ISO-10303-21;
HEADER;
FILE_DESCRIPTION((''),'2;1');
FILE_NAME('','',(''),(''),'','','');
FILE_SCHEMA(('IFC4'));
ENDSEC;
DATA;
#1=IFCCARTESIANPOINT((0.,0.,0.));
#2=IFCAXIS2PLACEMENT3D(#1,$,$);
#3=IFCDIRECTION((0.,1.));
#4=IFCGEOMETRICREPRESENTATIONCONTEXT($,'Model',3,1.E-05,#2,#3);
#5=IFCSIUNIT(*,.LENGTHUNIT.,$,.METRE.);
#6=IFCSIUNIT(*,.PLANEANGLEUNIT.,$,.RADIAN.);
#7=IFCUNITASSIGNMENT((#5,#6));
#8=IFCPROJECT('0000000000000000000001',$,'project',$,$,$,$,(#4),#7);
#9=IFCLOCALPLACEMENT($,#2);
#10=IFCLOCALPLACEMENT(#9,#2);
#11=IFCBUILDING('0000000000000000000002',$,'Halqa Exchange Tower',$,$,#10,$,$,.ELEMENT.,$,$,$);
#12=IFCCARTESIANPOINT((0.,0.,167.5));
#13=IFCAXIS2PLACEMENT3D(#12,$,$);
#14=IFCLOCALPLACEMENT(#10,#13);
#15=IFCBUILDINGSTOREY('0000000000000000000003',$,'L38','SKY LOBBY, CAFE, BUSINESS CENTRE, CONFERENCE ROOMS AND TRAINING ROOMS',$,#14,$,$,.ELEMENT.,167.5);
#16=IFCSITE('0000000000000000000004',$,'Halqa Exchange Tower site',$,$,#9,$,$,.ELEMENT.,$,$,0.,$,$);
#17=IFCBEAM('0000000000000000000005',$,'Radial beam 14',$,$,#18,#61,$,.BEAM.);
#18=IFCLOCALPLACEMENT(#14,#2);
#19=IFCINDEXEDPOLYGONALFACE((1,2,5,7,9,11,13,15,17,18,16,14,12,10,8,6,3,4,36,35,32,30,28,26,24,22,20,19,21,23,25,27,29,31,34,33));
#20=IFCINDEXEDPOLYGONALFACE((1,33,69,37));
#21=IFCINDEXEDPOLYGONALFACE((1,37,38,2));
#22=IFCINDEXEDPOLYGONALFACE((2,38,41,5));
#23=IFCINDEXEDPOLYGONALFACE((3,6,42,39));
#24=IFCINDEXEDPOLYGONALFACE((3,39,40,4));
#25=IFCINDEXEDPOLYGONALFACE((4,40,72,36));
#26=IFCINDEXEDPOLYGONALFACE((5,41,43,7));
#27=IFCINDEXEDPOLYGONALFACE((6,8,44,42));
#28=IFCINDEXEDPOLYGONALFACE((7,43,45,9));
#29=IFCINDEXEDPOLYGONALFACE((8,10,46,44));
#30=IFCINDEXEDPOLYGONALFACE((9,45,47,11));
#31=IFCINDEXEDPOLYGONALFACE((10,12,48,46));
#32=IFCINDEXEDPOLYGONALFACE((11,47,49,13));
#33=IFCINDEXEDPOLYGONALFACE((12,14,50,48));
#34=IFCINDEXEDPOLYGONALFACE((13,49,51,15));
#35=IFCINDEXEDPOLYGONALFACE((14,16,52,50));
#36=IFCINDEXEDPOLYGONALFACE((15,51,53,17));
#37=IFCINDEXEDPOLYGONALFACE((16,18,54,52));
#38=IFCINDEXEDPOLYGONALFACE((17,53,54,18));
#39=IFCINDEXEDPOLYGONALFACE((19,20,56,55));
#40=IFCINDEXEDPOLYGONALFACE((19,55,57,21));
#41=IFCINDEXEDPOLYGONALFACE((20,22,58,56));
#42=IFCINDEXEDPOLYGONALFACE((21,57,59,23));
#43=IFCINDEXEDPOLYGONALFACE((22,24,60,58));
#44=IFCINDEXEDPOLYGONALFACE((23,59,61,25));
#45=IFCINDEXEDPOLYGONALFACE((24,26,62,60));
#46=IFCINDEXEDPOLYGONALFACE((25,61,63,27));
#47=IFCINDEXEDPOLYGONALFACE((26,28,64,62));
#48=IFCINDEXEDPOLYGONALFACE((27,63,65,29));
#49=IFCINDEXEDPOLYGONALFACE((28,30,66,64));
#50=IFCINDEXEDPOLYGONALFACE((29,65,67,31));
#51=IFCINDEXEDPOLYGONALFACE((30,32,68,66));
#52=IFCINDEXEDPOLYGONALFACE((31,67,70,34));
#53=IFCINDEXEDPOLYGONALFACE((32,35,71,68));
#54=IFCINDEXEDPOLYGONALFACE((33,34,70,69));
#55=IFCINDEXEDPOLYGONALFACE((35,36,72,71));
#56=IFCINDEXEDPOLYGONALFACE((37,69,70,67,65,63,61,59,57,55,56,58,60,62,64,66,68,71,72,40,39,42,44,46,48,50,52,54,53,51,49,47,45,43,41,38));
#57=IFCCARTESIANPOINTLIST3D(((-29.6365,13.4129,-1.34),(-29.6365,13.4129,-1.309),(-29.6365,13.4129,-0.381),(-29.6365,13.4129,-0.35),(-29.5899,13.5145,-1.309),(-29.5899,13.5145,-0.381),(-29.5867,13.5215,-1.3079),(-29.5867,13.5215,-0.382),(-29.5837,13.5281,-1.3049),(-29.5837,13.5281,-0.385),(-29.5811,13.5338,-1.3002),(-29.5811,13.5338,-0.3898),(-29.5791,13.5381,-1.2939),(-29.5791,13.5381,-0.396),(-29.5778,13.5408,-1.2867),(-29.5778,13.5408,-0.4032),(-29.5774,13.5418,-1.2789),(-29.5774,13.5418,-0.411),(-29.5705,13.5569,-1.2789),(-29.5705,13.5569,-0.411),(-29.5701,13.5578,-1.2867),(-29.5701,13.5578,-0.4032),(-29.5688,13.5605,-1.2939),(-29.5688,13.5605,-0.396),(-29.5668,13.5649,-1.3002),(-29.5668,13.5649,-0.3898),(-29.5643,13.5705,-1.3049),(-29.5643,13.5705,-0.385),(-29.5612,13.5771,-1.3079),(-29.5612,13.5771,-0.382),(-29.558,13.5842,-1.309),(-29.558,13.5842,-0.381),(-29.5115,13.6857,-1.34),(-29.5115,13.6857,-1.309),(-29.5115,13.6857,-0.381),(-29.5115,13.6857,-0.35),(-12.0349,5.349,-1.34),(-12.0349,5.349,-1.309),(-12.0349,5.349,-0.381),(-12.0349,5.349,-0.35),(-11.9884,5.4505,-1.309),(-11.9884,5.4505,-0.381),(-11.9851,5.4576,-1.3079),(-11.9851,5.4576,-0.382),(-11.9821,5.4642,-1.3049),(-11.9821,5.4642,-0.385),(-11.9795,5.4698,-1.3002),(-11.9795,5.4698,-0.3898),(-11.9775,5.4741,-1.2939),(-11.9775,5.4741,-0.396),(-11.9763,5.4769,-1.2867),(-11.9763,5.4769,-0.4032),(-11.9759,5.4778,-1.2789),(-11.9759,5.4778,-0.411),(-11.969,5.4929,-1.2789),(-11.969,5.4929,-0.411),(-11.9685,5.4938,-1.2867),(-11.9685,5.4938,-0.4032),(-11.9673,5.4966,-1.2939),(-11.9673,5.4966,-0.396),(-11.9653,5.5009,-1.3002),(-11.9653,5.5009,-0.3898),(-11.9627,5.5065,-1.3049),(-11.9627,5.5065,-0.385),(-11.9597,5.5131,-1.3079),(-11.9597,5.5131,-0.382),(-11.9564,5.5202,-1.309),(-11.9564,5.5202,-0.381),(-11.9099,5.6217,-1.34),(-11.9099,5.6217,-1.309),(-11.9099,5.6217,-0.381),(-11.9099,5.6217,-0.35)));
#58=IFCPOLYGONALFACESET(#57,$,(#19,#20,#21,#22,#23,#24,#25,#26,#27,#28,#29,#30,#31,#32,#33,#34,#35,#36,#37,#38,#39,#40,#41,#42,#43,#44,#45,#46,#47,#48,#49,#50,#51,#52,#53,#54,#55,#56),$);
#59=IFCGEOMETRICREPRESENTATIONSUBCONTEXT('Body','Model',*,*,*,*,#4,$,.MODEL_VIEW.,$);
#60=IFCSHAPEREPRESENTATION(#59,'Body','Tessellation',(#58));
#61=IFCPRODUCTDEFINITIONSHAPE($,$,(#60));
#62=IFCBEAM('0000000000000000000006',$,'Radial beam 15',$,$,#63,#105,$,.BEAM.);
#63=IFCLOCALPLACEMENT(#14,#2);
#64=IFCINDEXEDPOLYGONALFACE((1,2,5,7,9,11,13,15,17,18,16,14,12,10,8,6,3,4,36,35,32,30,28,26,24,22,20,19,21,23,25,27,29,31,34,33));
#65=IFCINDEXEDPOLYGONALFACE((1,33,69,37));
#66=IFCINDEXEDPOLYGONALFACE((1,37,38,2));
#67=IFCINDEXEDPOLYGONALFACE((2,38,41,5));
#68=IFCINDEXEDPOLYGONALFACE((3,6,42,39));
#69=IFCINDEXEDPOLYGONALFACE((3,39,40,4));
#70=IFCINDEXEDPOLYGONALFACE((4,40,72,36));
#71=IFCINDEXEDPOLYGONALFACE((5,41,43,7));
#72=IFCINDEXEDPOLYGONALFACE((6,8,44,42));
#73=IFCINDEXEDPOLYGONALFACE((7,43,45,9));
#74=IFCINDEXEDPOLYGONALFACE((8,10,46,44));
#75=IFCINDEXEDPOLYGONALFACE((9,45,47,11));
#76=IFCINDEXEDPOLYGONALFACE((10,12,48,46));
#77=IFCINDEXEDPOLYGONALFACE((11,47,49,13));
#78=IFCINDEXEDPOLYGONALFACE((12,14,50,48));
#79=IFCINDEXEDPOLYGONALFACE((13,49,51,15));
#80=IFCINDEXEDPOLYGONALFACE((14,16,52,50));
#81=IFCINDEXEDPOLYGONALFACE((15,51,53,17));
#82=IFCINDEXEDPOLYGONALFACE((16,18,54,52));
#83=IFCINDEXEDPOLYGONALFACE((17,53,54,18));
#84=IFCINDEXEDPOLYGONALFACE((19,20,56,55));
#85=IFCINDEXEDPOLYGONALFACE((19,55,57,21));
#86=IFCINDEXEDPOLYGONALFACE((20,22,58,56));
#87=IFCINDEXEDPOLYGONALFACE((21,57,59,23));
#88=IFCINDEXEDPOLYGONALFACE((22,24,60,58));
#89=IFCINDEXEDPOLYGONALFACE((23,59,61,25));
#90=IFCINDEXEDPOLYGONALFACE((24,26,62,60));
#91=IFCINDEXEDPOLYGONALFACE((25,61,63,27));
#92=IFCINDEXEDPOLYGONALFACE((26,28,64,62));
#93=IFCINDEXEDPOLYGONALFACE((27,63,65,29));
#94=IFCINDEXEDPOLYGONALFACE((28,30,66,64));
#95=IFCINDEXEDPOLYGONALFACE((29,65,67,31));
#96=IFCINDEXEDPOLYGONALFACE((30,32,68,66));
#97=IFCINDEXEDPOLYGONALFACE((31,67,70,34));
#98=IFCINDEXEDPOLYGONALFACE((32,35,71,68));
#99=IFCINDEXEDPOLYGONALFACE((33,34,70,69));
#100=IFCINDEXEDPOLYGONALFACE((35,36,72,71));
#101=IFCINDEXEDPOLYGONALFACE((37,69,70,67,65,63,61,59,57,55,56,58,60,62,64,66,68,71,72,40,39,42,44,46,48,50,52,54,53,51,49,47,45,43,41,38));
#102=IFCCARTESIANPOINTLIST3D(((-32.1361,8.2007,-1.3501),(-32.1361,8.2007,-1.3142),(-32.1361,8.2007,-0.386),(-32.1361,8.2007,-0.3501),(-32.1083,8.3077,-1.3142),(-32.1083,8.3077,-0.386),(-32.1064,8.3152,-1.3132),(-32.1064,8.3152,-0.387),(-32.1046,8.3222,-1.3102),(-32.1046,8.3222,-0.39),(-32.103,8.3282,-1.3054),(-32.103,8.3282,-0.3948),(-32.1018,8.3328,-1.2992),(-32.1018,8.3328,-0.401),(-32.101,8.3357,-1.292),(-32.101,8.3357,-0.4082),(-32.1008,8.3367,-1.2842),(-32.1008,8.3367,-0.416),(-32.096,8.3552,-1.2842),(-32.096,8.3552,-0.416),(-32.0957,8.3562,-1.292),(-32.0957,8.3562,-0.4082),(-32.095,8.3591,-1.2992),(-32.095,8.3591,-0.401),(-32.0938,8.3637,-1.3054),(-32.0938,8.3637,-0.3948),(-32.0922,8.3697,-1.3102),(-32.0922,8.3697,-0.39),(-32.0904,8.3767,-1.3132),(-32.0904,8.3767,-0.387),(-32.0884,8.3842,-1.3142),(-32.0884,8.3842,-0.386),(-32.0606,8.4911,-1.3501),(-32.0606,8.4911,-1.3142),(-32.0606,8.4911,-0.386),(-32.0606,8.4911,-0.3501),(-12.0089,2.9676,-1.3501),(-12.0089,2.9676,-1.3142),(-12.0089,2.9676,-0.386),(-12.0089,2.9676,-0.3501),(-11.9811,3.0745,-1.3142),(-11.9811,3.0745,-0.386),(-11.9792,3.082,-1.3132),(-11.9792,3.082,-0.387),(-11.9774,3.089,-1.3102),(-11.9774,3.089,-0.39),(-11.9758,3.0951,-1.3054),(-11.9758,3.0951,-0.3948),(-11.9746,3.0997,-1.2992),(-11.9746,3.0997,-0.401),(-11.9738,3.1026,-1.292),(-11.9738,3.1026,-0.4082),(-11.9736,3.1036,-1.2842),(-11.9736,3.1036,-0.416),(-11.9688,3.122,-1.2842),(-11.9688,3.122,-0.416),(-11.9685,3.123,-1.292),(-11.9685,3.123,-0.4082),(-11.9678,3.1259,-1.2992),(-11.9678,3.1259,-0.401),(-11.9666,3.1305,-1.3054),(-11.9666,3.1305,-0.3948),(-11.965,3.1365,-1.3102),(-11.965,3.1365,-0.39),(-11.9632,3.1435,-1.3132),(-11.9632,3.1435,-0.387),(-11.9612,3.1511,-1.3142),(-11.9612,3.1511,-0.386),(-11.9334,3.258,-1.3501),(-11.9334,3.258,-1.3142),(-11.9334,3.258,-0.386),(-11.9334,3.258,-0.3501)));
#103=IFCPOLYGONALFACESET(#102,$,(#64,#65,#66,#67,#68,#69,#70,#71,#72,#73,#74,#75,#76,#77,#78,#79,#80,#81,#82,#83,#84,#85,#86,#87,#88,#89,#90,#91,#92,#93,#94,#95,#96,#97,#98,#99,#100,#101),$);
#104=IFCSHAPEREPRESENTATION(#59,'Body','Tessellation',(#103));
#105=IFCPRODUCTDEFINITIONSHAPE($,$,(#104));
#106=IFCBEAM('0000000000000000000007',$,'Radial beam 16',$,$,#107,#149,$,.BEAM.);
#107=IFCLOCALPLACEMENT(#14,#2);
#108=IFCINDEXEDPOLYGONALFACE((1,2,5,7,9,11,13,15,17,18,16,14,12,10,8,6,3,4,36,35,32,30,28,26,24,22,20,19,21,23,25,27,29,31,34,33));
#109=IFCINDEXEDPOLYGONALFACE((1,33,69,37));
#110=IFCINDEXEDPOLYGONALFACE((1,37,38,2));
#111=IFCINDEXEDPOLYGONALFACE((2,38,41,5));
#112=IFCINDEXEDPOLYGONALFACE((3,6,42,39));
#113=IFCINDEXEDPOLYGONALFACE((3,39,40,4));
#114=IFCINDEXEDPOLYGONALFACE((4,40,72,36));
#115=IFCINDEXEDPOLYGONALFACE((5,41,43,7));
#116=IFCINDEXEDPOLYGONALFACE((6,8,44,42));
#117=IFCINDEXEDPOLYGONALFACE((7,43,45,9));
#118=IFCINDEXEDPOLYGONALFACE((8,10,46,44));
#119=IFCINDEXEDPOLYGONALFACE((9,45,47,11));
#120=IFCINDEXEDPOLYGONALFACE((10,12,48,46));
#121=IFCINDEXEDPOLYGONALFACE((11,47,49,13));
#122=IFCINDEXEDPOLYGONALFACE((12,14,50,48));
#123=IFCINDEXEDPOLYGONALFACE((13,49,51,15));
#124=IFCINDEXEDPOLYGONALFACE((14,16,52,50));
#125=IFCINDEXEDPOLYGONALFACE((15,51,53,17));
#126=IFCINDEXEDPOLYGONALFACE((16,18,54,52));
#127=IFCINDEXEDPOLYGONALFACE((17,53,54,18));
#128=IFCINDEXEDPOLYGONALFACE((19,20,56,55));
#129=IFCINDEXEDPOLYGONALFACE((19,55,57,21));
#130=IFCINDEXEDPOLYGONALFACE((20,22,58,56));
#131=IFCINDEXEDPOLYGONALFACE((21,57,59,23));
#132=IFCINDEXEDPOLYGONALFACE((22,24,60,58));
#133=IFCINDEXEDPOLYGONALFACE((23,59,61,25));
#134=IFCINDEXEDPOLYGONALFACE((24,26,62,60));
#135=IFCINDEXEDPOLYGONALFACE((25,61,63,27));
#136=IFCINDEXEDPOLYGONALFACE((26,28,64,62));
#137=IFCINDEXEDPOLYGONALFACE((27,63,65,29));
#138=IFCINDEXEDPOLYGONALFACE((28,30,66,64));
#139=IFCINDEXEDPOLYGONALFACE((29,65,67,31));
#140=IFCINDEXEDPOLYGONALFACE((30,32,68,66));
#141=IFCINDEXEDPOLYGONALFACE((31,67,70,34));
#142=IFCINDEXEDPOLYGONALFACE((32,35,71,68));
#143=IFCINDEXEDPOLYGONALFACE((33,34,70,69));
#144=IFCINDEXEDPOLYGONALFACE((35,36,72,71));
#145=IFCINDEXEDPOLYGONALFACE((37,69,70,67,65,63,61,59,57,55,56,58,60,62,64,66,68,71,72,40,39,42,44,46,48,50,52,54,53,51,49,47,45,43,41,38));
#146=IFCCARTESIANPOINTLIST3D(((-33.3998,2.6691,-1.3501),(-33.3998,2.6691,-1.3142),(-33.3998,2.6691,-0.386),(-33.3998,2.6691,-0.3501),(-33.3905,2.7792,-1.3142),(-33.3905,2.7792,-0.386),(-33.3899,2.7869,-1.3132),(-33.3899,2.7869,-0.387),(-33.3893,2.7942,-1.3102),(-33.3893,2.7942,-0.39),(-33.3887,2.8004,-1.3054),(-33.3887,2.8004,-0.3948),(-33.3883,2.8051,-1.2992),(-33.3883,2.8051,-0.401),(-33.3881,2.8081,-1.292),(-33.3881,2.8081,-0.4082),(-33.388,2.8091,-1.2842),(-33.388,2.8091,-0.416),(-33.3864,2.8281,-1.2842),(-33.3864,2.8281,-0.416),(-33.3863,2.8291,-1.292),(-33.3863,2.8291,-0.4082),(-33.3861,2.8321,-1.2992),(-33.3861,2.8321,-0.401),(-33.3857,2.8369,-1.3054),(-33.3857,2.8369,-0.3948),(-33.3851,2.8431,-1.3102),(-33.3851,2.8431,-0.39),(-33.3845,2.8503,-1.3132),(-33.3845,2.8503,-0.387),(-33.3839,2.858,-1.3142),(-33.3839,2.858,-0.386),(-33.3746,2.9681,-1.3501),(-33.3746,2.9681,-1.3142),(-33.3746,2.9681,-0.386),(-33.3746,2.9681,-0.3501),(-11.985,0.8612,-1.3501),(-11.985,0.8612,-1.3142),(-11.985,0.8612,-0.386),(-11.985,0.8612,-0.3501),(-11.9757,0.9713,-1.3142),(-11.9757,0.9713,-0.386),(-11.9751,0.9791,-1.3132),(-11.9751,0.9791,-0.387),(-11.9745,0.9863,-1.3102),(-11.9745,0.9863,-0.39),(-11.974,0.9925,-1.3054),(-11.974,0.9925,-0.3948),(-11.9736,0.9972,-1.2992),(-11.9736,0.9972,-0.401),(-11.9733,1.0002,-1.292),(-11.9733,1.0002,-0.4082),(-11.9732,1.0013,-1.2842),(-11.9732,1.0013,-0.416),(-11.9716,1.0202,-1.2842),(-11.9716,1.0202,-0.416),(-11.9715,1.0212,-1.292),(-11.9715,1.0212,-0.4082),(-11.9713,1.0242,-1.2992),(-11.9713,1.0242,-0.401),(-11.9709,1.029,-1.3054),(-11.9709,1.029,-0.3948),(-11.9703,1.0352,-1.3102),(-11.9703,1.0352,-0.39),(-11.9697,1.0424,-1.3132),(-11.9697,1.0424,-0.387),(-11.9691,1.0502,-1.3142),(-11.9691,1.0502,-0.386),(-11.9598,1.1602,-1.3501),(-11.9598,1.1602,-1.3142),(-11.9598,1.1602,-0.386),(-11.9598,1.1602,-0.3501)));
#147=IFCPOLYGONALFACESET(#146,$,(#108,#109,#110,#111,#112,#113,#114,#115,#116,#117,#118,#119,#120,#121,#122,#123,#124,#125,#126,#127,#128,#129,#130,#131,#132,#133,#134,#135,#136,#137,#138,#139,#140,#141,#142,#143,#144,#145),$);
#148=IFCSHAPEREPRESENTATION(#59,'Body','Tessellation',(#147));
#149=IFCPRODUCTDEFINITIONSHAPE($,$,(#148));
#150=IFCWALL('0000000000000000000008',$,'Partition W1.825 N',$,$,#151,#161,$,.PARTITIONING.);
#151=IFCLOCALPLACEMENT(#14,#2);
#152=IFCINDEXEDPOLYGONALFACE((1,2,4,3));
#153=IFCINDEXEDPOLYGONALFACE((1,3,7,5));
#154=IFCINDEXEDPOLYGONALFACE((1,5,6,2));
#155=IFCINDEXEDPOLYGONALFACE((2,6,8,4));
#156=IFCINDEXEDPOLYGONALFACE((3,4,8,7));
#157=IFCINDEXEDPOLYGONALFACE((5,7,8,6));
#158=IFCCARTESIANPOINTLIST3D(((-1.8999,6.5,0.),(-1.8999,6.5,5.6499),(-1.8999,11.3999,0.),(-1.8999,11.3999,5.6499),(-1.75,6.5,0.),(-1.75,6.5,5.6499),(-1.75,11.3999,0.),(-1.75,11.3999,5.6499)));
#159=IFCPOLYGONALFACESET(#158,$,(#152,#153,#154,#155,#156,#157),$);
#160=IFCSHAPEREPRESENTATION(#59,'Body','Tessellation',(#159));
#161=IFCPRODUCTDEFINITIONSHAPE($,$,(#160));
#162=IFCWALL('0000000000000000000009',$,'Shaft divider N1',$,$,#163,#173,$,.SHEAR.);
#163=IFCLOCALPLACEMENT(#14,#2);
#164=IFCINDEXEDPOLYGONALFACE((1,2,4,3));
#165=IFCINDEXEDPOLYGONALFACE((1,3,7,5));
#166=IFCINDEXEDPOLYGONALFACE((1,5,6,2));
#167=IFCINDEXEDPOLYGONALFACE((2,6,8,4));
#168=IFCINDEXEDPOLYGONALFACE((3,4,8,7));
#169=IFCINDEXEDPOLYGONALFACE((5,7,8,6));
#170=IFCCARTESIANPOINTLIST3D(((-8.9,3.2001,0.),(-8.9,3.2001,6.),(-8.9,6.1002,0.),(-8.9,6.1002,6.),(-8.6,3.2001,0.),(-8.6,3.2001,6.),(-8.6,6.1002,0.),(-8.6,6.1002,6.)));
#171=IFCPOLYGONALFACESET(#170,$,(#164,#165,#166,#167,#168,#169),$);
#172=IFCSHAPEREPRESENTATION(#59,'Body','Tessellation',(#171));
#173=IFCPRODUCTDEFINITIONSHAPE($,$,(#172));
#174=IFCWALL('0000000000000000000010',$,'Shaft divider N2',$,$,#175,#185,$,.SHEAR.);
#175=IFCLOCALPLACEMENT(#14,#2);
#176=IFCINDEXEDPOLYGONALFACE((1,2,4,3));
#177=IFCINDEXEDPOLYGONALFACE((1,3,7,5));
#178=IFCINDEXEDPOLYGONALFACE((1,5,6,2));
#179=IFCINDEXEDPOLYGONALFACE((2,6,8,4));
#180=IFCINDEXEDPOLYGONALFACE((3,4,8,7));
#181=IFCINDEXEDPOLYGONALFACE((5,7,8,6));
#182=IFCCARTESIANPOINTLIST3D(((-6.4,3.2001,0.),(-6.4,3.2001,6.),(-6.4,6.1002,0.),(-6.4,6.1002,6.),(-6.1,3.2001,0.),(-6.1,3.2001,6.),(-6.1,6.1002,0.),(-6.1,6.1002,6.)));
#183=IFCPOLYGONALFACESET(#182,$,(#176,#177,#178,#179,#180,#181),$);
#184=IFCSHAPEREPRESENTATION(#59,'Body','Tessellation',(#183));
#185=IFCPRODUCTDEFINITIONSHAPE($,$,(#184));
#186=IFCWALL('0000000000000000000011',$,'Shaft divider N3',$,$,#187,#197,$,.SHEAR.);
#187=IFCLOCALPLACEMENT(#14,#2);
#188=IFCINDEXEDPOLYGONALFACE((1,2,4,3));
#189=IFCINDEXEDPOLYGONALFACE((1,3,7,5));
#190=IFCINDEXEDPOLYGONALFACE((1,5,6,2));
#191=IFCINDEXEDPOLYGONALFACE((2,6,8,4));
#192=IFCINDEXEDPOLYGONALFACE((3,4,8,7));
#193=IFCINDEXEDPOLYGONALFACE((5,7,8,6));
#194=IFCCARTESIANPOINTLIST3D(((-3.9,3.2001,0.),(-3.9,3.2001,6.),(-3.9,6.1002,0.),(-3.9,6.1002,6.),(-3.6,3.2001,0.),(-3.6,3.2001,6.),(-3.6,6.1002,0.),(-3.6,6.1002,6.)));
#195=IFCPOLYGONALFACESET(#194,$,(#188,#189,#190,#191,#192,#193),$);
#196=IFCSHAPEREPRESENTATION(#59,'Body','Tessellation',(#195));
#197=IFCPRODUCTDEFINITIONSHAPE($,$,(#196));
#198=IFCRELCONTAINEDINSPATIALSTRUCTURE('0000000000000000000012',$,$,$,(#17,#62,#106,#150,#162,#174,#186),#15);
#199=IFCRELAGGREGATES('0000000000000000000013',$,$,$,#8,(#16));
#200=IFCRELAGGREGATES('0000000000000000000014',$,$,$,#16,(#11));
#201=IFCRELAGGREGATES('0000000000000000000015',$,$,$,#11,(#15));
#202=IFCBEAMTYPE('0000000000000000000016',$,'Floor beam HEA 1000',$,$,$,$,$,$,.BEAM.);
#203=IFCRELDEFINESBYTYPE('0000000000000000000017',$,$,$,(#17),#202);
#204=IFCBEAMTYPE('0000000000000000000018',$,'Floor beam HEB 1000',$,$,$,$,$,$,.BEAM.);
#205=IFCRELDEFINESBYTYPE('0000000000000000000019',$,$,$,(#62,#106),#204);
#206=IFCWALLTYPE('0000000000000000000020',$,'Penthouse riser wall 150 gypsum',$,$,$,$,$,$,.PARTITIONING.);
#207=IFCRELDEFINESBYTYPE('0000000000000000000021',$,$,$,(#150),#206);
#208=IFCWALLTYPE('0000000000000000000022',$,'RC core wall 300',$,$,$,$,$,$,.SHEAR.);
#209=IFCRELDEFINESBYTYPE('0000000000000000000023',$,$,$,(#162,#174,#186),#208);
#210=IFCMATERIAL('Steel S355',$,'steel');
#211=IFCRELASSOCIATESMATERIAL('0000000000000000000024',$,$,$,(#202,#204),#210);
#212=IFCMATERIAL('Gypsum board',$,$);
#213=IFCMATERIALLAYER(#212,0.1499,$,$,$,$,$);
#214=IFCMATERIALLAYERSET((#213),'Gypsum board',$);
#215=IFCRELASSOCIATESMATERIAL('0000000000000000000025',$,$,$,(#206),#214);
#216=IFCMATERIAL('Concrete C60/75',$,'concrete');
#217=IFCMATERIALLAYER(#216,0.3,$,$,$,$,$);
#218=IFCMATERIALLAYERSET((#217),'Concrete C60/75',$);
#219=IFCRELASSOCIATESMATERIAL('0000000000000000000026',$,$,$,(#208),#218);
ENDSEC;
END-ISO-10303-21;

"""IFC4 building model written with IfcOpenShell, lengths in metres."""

from ifc_helpers import new_model, si_unit, direction, frame, frame_2d, origin, origin_2d, place, context, subcontext, project, spatial, rectangle, i_section, extrude, material, layer, layer_set, material_profile, profile_set, type_object, element, save


model = new_model("IFC4")

# Units and contexts
model_context = context("Model", 3, precision=1e-05, world=origin(), true_north=direction((0.0, 1.0)))
body_context = subcontext(model_context, "Body", "Model", "MODEL_VIEW")
ifc_project = project(units=[si_unit("LENGTHUNIT", "METRE"), si_unit("PLANEANGLEUNIT", "RADIAN")], contexts=[model_context])

# Site, building, storey
site_placement = place(None, origin())
site = spatial("IfcSite", under=ifc_project, at=site_placement, Name="Halqa Exchange Tower site", CompositionType="ELEMENT", RefElevation=0.0)
building_placement = place(site_placement, origin())
building = spatial("IfcBuilding", under=site, at=building_placement, Name="Halqa Exchange Tower", CompositionType="ELEMENT")
storey_placement = place(building_placement, frame((0.0, 0.0, 167.5)))
storey = spatial("IfcBuildingStorey", under=building, at=storey_placement, Name="L38", Description="SKY LOBBY, CAFE, BUSINESS CENTRE, CONFERENCE ROOMS AND TRAINING ROOMS", CompositionType="ELEMENT", Elevation=167.5)

# Beams
ifc_material_1 = material(Name="Steel S355", Category="steel")
ifc_material_profile_1 = material_profile(ifc_material_1, i_section(OverallWidth=0.3, OverallDepth=0.99, WebThickness=0.0166, FlangeThickness=0.031, FilletRadius=0.03, at=origin_2d()), Name="HEA 1000")
ifc_profile_set_1 = profile_set([ifc_material_profile_1], Name="Steel S355")
beam_type_1 = type_object("IfcBeamType", Name="Floor beam HEA 1000", PredefinedType="BEAM", material=ifc_profile_set_1)
beam_1_placement = place(storey_placement, frame((-11.9724, 5.4854, -0.845), z_axis=(-0.909132, 0.416509, 0.0), x_axis=(-0.416509, -0.909132, 0.0)))
element("IfcBeam", 1, at=beam_1_placement, inside=storey, type_object=beam_type_1, Name="Radial beam 14", PredefinedType="BEAM", context=body_context, shape_type="SweptSolid", body=[
    extrude(i_section(OverallWidth=0.3, OverallDepth=0.99, WebThickness=0.0166, FlangeThickness=0.031, FilletRadius=0.03, at=origin_2d()), origin(), (0.0, 0.0, 1.0), 19.3608),
])
ifc_material_profile_2 = material_profile(ifc_material_1, i_section(OverallWidth=0.3, OverallDepth=1.0, WebThickness=0.019, FlangeThickness=0.0359, FilletRadius=0.03, at=origin_2d()), Name="HEB 1000")
ifc_profile_set_2 = profile_set([ifc_material_profile_2], Name="Steel S355")
beam_type_2 = type_object("IfcBeamType", Name="Floor beam HEB 1000", PredefinedType="BEAM", material=ifc_profile_set_2)
beam_2_placement = place(storey_placement, frame((-11.9712, 3.1128, -0.8501), z_axis=(-0.967822, 0.251638, 0.0), x_axis=(-0.251638, -0.967822, 0.0)))
element("IfcBeam", 2, at=beam_2_placement, inside=storey, type_object=beam_type_2, Name="Radial beam 15", PredefinedType="BEAM", context=body_context, shape_type="SweptSolid", body=[
    extrude(i_section(OverallWidth=0.3, OverallDepth=1.0, WebThickness=0.019, FlangeThickness=0.0359, FilletRadius=0.03, at=origin_2d()), origin(), (0.0, 0.0, 1.0), 20.7964),
])
beam_3_placement = place(storey_placement, frame((-11.9724, 1.0107, -0.8501), z_axis=(-0.996455, 0.084122, 0.0), x_axis=(-0.084122, -0.996455, 0.0)))
element("IfcBeam", 3, at=beam_3_placement, inside=storey, type_object=beam_type_2, Name="Radial beam 16", PredefinedType="BEAM", context=body_context, shape_type="SweptSolid", body=[
    extrude(i_section(OverallWidth=0.3, OverallDepth=1.0, WebThickness=0.019, FlangeThickness=0.0359, FilletRadius=0.03, at=origin_2d()), origin(), (0.0, 0.0, 1.0), 21.491),
])

# Walls
ifc_material_2 = material(Name="Gypsum board")
ifc_layer_1 = layer(ifc_material_2, 0.1499)
ifc_layer_set_1 = layer_set([ifc_layer_1], Name="Gypsum board")
wall_type_1 = type_object("IfcWallType", Name="Penthouse riser wall 150 gypsum", PredefinedType="PARTITIONING", material=ifc_layer_set_1)
wall_1_placement = place(storey_placement, frame((-1.825, 6.5, 0.0), z_axis=(0.0, 0.0, 1.0), x_axis=(0.0, 1.0, 0.0)))
element("IfcWall", 4, at=wall_1_placement, inside=storey, type_object=wall_type_1, Name="Partition W1.825 N", PredefinedType="PARTITIONING", context=body_context, shape_type="SweptSolid", body=[
    extrude(rectangle(XDim=4.8999, YDim=0.1499, at=frame_2d((2.45, 0.0))), origin(), (0.0, 0.0, 1.0), 5.6499),
])
ifc_material_3 = material(Name="Concrete C60/75", Category="concrete")
ifc_layer_2 = layer(ifc_material_3, 0.3)
ifc_layer_set_2 = layer_set([ifc_layer_2], Name="Concrete C60/75")
wall_type_2 = type_object("IfcWallType", Name="RC core wall 300", PredefinedType="SHEAR", material=ifc_layer_set_2)
for number, where, z_axis, x_axis, name in (
    (5, (-8.75, 3.2, 0.0), (0.0, 0.0, 1.0), (0.0, 1.0, 0.0), "Shaft divider N1"),
    (6, (-6.25, 3.2, 0.0), (0.0, 0.0, 1.0), (0.0, 1.0, 0.0), "Shaft divider N2"),
    (7, (-3.75, 3.2, 0.0), (0.0, 0.0, 1.0), (0.0, 1.0, 0.0), "Shaft divider N3"),
):
    element("IfcWall", number, at=place(storey_placement, frame(where, z_axis=z_axis, x_axis=x_axis)), inside=storey, type_object=wall_type_2, Name=name, PredefinedType="SHEAR", context=body_context, shape_type="SweptSolid", body=[
        extrude(rectangle(XDim=2.9001, YDim=0.3, at=frame_2d((1.4502, 0.0))), origin(), (0.0, 0.0, 1.0), 6.0),
    ])

save(model, "model.ifc")
